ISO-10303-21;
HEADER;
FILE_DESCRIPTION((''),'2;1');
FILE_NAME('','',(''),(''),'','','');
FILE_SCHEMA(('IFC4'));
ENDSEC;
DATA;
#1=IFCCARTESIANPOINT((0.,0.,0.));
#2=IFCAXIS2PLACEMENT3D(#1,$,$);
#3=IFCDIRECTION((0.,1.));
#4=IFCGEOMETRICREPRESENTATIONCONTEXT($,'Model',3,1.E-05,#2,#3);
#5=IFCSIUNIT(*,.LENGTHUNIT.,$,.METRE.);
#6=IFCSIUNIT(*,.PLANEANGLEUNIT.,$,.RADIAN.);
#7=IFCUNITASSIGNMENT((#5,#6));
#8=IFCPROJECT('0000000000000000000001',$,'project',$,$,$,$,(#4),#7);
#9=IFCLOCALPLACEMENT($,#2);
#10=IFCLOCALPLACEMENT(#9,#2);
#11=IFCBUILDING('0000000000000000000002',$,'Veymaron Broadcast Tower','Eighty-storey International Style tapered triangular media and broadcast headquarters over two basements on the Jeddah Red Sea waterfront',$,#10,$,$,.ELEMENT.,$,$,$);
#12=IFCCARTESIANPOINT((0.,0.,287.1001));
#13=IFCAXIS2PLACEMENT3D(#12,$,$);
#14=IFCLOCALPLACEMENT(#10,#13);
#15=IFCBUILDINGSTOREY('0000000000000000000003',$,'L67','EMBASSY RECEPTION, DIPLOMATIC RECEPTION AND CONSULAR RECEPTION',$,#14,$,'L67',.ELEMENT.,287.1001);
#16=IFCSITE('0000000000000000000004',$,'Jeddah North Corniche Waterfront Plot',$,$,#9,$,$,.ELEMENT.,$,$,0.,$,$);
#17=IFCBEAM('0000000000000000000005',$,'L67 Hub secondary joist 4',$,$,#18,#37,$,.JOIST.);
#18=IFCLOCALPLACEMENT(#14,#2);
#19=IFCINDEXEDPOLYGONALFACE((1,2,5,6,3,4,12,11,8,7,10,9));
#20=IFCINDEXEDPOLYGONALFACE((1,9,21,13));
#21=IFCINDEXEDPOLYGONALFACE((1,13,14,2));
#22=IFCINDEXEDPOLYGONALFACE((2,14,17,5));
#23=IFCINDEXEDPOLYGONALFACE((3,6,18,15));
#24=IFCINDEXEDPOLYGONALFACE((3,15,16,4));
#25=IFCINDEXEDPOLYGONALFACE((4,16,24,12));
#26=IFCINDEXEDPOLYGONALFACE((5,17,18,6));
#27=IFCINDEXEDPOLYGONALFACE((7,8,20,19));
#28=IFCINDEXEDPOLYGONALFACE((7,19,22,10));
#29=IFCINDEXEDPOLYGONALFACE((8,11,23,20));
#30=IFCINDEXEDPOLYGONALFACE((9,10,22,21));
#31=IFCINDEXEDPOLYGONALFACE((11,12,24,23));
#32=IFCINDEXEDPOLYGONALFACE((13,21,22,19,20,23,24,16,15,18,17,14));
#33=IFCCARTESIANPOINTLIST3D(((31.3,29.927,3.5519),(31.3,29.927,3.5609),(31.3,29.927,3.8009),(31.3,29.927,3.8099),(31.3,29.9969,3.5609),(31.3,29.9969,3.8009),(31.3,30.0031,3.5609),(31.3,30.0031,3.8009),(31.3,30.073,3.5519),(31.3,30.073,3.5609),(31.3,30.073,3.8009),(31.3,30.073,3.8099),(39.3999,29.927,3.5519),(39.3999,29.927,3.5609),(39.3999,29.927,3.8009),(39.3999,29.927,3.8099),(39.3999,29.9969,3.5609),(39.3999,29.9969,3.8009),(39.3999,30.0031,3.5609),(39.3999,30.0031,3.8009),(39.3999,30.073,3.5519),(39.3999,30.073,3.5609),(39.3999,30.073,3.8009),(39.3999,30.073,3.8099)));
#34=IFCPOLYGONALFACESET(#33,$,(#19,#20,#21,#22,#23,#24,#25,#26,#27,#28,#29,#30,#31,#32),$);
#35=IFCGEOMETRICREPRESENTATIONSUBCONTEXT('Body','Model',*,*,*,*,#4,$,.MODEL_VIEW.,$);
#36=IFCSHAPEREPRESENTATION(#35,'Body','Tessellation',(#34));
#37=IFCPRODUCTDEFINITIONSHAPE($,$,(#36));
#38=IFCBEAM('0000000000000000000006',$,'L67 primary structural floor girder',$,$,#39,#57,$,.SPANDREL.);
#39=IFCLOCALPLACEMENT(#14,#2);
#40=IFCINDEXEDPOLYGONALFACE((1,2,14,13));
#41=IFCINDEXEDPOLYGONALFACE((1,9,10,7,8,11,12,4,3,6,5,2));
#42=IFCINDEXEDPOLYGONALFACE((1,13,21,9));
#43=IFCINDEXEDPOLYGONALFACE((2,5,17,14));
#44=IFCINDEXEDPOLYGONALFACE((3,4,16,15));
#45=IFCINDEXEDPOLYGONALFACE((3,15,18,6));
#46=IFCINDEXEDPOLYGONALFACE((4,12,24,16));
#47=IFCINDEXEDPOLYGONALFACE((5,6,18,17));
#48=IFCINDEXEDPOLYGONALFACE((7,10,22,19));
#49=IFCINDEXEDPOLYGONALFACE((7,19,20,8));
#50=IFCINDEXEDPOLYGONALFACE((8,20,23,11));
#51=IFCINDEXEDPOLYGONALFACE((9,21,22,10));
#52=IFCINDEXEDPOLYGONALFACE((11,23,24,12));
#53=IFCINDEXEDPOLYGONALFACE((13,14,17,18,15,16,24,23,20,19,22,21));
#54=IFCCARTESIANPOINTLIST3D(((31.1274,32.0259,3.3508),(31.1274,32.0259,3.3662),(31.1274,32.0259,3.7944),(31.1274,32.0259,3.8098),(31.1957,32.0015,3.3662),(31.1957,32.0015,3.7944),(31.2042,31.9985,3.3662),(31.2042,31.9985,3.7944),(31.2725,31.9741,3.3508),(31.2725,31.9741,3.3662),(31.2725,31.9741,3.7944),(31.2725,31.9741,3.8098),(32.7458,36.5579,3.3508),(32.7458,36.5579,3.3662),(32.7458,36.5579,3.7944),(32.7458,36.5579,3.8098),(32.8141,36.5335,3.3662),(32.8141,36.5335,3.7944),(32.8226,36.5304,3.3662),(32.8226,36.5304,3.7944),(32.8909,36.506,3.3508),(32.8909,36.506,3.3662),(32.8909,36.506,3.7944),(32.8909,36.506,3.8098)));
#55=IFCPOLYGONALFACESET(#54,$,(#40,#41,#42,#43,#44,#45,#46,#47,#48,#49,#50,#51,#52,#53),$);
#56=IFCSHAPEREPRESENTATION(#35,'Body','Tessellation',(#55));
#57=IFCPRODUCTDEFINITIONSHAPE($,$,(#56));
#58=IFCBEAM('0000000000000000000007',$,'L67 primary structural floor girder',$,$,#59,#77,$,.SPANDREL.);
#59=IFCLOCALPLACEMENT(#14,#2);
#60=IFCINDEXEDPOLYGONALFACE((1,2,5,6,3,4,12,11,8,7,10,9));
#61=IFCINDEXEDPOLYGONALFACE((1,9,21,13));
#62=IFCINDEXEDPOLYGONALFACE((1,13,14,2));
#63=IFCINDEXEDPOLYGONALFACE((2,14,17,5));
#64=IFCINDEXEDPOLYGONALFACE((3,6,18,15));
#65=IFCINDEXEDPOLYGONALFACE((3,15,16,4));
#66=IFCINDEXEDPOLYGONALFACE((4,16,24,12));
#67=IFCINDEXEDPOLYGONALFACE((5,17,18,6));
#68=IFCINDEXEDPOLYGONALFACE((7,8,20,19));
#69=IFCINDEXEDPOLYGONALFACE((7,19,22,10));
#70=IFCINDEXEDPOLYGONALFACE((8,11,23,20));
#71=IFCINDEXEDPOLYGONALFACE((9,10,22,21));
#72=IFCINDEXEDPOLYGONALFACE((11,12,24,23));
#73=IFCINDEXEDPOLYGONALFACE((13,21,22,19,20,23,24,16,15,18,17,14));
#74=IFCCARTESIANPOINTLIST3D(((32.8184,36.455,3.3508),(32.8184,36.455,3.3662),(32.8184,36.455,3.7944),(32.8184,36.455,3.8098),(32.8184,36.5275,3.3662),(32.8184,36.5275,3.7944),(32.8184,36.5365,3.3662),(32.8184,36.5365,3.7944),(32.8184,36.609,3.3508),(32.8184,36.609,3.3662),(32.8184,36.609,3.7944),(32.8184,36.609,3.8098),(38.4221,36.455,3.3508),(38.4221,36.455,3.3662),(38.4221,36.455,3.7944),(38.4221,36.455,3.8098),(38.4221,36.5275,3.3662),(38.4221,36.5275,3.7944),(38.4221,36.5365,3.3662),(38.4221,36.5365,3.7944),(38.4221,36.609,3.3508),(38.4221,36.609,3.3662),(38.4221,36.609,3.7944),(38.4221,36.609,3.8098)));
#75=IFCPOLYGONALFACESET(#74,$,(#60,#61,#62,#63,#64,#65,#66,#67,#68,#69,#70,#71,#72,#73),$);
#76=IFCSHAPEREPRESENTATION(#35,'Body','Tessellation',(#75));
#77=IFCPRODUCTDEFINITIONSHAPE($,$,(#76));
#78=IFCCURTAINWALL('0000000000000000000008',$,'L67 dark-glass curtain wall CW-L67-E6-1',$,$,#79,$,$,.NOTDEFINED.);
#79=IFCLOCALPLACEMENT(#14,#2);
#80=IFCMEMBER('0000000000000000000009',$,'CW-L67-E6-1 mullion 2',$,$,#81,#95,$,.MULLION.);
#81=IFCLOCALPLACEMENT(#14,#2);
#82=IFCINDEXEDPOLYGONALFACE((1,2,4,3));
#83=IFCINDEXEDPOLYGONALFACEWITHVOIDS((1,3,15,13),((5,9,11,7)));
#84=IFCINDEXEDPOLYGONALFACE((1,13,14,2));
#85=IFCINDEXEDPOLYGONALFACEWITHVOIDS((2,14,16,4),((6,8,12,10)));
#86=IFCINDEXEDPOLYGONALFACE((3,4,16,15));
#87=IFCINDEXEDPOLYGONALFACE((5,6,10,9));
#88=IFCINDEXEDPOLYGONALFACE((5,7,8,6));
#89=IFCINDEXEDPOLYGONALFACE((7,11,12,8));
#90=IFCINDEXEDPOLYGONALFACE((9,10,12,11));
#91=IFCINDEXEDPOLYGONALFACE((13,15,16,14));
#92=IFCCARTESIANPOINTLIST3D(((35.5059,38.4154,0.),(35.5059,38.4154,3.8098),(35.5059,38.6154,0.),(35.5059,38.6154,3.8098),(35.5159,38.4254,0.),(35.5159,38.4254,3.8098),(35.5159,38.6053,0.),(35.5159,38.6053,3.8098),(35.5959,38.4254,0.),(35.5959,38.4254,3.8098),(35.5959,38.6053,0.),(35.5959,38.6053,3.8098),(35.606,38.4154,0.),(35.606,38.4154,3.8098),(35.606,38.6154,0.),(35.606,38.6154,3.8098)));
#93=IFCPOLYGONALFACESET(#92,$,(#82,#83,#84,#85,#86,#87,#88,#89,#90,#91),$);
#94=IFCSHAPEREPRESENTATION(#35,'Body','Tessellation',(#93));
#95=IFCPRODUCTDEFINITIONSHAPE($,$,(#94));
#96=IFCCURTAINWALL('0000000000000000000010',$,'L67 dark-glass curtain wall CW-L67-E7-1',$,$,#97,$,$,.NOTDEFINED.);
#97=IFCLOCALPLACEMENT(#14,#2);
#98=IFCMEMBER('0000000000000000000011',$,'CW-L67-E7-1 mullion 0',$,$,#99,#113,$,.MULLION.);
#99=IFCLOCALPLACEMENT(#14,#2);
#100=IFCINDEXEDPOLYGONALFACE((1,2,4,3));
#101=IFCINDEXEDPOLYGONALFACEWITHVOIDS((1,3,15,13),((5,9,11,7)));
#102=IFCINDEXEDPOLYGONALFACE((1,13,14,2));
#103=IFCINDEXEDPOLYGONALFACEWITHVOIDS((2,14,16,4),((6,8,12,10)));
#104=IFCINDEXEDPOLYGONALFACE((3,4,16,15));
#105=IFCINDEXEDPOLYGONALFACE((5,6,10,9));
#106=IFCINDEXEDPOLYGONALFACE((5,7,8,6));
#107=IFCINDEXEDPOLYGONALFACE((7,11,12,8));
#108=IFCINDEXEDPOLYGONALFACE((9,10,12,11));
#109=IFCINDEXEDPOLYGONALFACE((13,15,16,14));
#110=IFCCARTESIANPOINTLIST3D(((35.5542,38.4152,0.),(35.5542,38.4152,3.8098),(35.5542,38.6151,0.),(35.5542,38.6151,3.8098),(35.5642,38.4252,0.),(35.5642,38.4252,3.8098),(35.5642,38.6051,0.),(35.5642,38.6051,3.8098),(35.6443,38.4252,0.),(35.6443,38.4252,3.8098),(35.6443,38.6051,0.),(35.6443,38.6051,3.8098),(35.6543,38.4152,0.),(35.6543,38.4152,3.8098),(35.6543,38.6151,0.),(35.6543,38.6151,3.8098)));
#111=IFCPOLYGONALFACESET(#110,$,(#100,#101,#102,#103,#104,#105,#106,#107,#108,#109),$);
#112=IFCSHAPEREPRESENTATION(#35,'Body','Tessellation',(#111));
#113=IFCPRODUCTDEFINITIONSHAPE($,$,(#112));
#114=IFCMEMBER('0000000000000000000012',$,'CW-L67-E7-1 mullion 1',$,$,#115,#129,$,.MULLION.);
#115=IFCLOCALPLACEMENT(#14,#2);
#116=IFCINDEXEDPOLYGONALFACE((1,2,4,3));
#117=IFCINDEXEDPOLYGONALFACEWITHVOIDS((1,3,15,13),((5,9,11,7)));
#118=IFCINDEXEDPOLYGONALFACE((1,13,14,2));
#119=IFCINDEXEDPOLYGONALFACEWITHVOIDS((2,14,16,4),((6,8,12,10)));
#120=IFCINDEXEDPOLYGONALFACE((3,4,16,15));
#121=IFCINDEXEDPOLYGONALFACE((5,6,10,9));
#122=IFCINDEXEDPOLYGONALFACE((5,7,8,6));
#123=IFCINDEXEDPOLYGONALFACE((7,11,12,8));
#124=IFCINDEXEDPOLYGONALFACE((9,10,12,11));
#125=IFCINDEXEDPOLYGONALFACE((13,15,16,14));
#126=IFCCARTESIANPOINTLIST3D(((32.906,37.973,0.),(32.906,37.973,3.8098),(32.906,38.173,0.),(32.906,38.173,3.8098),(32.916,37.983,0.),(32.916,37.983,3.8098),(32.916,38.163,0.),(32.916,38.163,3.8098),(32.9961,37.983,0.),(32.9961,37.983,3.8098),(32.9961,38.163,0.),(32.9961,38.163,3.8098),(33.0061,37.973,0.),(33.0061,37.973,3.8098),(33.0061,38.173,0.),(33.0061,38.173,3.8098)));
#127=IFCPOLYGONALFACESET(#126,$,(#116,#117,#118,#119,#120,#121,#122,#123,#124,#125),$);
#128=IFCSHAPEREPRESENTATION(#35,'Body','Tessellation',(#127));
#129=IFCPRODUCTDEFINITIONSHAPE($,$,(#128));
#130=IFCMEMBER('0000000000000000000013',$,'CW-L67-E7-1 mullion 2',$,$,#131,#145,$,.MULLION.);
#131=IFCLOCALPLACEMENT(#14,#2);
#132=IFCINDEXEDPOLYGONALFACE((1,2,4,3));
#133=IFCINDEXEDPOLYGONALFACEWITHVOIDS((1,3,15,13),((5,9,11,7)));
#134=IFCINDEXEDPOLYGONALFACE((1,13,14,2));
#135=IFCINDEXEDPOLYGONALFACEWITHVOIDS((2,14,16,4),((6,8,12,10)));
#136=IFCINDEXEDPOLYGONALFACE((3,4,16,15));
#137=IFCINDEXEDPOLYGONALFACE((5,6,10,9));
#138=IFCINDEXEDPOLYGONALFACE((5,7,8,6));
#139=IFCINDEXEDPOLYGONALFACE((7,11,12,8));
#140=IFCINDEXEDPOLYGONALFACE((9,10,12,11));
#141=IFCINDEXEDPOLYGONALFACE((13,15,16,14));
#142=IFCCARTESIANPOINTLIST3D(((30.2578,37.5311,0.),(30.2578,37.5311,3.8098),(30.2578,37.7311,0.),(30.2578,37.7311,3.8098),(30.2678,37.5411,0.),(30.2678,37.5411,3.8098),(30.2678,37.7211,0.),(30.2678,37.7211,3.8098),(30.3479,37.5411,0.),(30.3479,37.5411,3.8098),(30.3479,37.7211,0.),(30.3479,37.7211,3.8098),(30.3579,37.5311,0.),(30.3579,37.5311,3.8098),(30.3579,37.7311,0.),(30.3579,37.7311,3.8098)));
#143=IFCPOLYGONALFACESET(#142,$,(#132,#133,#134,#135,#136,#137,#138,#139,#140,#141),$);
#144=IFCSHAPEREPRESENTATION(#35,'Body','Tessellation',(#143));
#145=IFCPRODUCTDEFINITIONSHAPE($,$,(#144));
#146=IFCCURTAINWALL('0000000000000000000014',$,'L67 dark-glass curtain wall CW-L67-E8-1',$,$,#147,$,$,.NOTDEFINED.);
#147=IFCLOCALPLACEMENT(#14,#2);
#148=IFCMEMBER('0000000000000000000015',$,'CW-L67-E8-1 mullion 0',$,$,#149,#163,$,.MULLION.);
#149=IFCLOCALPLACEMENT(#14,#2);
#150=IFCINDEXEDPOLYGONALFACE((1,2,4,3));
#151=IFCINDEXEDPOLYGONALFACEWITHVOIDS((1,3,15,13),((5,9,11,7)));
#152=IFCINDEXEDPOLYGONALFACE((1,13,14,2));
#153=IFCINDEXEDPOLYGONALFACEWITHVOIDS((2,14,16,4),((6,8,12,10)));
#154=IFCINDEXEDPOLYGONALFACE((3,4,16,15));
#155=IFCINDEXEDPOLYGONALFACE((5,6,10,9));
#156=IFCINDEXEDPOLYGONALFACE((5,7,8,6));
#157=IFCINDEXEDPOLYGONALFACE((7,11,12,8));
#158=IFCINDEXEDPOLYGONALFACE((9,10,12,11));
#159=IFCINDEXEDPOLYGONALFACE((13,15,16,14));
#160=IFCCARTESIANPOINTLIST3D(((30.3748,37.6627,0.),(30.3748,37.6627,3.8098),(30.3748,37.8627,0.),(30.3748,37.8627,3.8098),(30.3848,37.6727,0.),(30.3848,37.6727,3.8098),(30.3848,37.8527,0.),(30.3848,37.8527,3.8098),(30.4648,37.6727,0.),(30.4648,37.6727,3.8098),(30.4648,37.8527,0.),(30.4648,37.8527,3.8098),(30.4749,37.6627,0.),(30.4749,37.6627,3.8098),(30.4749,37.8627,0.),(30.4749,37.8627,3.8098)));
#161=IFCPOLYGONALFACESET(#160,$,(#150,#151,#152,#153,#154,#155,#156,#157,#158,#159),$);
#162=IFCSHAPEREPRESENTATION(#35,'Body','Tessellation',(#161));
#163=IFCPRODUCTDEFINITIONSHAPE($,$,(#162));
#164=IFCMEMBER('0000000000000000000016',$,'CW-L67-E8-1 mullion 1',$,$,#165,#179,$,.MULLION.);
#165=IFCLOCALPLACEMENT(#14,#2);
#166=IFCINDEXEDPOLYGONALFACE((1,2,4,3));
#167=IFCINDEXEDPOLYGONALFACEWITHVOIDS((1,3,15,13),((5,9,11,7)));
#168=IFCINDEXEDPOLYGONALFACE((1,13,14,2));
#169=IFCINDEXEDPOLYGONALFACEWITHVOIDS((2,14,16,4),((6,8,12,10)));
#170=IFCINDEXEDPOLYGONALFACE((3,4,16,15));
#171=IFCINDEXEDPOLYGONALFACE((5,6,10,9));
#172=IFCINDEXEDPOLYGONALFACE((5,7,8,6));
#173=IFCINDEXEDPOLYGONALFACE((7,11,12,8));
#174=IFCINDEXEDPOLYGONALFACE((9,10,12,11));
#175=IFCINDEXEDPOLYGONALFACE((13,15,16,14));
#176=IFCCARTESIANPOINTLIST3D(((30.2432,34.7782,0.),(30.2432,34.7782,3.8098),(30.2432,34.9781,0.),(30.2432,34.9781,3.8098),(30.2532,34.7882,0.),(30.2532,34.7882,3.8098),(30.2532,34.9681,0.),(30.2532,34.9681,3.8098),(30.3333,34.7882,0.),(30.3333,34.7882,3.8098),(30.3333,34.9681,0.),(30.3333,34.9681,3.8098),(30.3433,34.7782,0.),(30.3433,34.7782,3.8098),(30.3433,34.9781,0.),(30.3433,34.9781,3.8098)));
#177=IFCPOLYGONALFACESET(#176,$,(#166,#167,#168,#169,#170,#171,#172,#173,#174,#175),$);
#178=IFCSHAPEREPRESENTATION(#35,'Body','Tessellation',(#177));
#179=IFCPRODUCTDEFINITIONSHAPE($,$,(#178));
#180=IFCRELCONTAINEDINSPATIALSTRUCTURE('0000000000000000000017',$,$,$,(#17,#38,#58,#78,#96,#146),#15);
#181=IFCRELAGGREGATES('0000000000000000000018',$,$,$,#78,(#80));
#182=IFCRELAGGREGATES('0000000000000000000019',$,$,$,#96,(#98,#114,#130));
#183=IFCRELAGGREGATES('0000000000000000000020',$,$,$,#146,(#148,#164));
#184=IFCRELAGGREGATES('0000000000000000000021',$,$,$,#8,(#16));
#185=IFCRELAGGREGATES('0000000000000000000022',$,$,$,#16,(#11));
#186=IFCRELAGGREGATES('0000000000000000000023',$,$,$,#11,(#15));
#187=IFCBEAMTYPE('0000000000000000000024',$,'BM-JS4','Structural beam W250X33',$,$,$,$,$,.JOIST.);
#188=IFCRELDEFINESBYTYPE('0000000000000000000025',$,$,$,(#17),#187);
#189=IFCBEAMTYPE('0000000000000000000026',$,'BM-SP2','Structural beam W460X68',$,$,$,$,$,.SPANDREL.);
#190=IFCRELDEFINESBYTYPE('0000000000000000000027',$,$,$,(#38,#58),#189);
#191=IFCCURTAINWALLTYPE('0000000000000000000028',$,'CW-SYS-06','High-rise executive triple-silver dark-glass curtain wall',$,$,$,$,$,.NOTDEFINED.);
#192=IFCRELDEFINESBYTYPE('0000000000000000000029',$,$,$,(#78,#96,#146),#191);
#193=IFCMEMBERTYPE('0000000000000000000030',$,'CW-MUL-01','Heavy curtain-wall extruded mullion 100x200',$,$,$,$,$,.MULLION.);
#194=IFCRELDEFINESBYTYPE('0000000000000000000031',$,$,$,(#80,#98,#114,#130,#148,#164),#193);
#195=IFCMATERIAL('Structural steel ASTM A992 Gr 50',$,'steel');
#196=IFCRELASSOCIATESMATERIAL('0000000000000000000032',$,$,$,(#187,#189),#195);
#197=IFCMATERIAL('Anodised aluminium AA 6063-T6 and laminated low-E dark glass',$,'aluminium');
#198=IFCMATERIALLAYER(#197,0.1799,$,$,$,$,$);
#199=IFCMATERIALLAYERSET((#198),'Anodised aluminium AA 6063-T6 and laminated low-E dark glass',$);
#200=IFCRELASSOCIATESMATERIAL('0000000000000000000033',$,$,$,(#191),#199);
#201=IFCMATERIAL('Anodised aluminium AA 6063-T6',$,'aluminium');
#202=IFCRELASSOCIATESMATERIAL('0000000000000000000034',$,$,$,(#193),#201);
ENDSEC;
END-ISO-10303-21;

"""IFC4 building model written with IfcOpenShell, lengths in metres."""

from ifc_helpers import new_model, si_unit, direction, frame, origin, origin_2d, place, context, subcontext, project, spatial, hollow_rectangle, i_section, extrude, material, layer, layer_set, material_profile, profile_set, type_object, element, aggregate, save


model = new_model("IFC4")

# Units and contexts
model_context = context("Model", 3, precision=1e-05, world=origin(), true_north=direction((0.0, 1.0)))
body_context = subcontext(model_context, "Body", "Model", "MODEL_VIEW")
ifc_project = project(units=[si_unit("LENGTHUNIT", "METRE"), si_unit("PLANEANGLEUNIT", "RADIAN")], contexts=[model_context])

# Site, building, storey
site_placement = place(None, origin())
site = spatial("IfcSite", under=ifc_project, at=site_placement, Name="Jeddah North Corniche Waterfront Plot", CompositionType="ELEMENT", RefElevation=0.0)
building_placement = place(site_placement, origin())
building = spatial("IfcBuilding", under=site, at=building_placement, Name="Veymaron Broadcast Tower", Description="Eighty-storey International Style tapered triangular media and broadcast headquarters over two basements on the Jeddah Red Sea waterfront", CompositionType="ELEMENT")
storey_placement = place(building_placement, frame((0.0, 0.0, 287.1001)))
storey = spatial("IfcBuildingStorey", under=building, at=storey_placement, Name="L67", Description="EMBASSY RECEPTION, DIPLOMATIC RECEPTION AND CONSULAR RECEPTION", LongName="L67", CompositionType="ELEMENT", Elevation=287.1001)

# Shared definitions
ifc_material_1 = material(Name="Structural steel ASTM A992 Gr 50", Category="steel")

# Beams
ifc_material_profile_1 = material_profile(ifc_material_1, i_section(OverallWidth=0.146, OverallDepth=0.2581, WebThickness=0.0061, FlangeThickness=0.009, at=origin_2d()), Name="W250X33")
ifc_profile_set_1 = profile_set([ifc_material_profile_1], Name="Structural steel ASTM A992 Gr 50")
beam_type_1 = type_object("IfcBeamType", Name="BM-JS4", Description="Structural beam W250X33", PredefinedType="JOIST", material=ifc_profile_set_1)
for number, where, z_axis, x_axis, name in (
    (1, (31.3, 30.0, 3.6809), (1.0, 0.0, 0.0), (0.0, 1.0, 0.0), "L67 Hub secondary joist 4"),
):
    element("IfcBeam", number, at=place(storey_placement, frame(where, z_axis=z_axis, x_axis=x_axis)), inside=storey, type_object=beam_type_1, Name=name, PredefinedType="JOIST", context=body_context, shape_type="SweptSolid", body=[
        extrude(i_section(OverallWidth=0.146, OverallDepth=0.2581, WebThickness=0.0061, FlangeThickness=0.009, at=origin_2d()), origin(), (0.0, 0.0, 1.0), 8.0999),
    ])
ifc_material_profile_2 = material_profile(ifc_material_1, i_section(OverallWidth=0.1541, OverallDepth=0.459, WebThickness=0.009, FlangeThickness=0.0154, at=origin_2d()), Name="W460X68")
ifc_profile_set_2 = profile_set([ifc_material_profile_2], Name="Structural steel ASTM A992 Gr 50")
beam_type_2 = type_object("IfcBeamType", Name="BM-SP2", Description="Structural beam W460X68", PredefinedType="SPANDREL", material=ifc_profile_set_2)
beam_1_placement = place(storey_placement, frame((31.2, 32.0, 3.5803), z_axis=(0.336307, 0.941752, 0.0), x_axis=(-0.941752, 0.336307, 0.0)))
element("IfcBeam", 2, at=beam_1_placement, inside=storey, type_object=beam_type_2, Name="L67 primary structural floor girder", PredefinedType="SPANDREL", context=body_context, shape_type="SweptSolid", body=[
    extrude(i_section(OverallWidth=0.1541, OverallDepth=0.459, WebThickness=0.009, FlangeThickness=0.0154, at=origin_2d()), origin(), (0.0, 0.0, 1.0), 4.8123),
])
beam_2_placement = place(storey_placement, frame((32.8184, 36.532, 3.5803), z_axis=(1.0, 0.0, 0.0), x_axis=(0.0, 1.0, 0.0)))
element("IfcBeam", 3, at=beam_2_placement, inside=storey, type_object=beam_type_2, Name="L67 primary structural floor girder", PredefinedType="SPANDREL", context=body_context, shape_type="SweptSolid", body=[
    extrude(i_section(OverallWidth=0.1541, OverallDepth=0.459, WebThickness=0.009, FlangeThickness=0.0154, at=origin_2d()), origin(), (0.0, 0.0, 1.0), 5.6038),
])

# Curtain wall, member
ifc_material_2 = material(Name="Anodised aluminium AA 6063-T6 and laminated low-E dark glass", Category="aluminium")
ifc_layer_1 = layer(ifc_material_2, 0.1799)
ifc_layer_set_1 = layer_set([ifc_layer_1], Name="Anodised aluminium AA 6063-T6 and laminated low-E dark glass")
curtain_wall_type = type_object("IfcCurtainWallType", Name="CW-SYS-06", Description="High-rise executive triple-silver dark-glass curtain wall", PredefinedType="NOTDEFINED", material=ifc_layer_set_1)
curtain_wall_1_placement = place(storey_placement, origin())
curtain_wall_1 = element("IfcCurtainWall", 4, at=curtain_wall_1_placement, inside=storey, type_object=curtain_wall_type, Name="L67 dark-glass curtain wall CW-L67-E6-1", PredefinedType="NOTDEFINED")
ifc_material_3 = material(Name="Anodised aluminium AA 6063-T6", Category="aluminium")
ifc_material_profile_3 = material_profile(ifc_material_3, hollow_rectangle(XDim=0.1001, YDim=0.2, WallThickness=0.01, at=origin_2d()), Name="RHS200X100X10")
ifc_profile_set_3 = profile_set([ifc_material_profile_3], Name="Anodised aluminium AA 6063-T6")
member_type_1 = type_object("IfcMemberType", Name="CW-MUL-01", Description="Heavy curtain-wall extruded mullion 100x200", PredefinedType="MULLION", material=ifc_profile_set_3)
member_1_placement = place(storey_placement, frame((35.5559, 38.5154, 0.0), z_axis=(0.0, 0.0, 1.0), x_axis=(1.0, 0.0, 0.0)))
member_1 = element("IfcMember", 5, at=member_1_placement, type_object=member_type_1, Name="CW-L67-E6-1 mullion 2", PredefinedType="MULLION", context=body_context, shape_type="SweptSolid", body=[
    extrude(hollow_rectangle(XDim=0.1001, YDim=0.2, WallThickness=0.01, at=origin_2d()), origin(), (0.0, 0.0, 1.0), 3.8098),
])
aggregate(curtain_wall_1, [member_1])

# Curtain walls, members
curtain_wall_2_placement = place(storey_placement, origin())
curtain_wall_2 = element("IfcCurtainWall", 6, at=curtain_wall_2_placement, inside=storey, type_object=curtain_wall_type, Name="L67 dark-glass curtain wall CW-L67-E7-1", PredefinedType="NOTDEFINED")
member_2_placement = place(storey_placement, frame((35.6042, 38.5151, 0.0), z_axis=(0.0, 0.0, 1.0), x_axis=(1.0, 0.0, 0.0)))
member_2 = element("IfcMember", 7, at=member_2_placement, type_object=member_type_1, Name="CW-L67-E7-1 mullion 0", PredefinedType="MULLION", context=body_context, shape_type="SweptSolid", body=[
    extrude(hollow_rectangle(XDim=0.1001, YDim=0.2, WallThickness=0.01, at=origin_2d()), origin(), (0.0, 0.0, 1.0), 3.8098),
])
member_3_placement = place(storey_placement, frame((32.9561, 38.073, 0.0), z_axis=(0.0, 0.0, 1.0), x_axis=(1.0, 0.0, 0.0)))
member_3 = element("IfcMember", 8, at=member_3_placement, type_object=member_type_1, Name="CW-L67-E7-1 mullion 1", PredefinedType="MULLION", context=body_context, shape_type="SweptSolid", body=[
    extrude(hollow_rectangle(XDim=0.1001, YDim=0.2, WallThickness=0.01, at=origin_2d()), origin(), (0.0, 0.0, 1.0), 3.8098),
])
member_4_placement = place(storey_placement, frame((30.3079, 37.6311, 0.0), z_axis=(0.0, 0.0, 1.0), x_axis=(1.0, 0.0, 0.0)))
member_4 = element("IfcMember", 9, at=member_4_placement, type_object=member_type_1, Name="CW-L67-E7-1 mullion 2", PredefinedType="MULLION", context=body_context, shape_type="SweptSolid", body=[
    extrude(hollow_rectangle(XDim=0.1001, YDim=0.2, WallThickness=0.01, at=origin_2d()), origin(), (0.0, 0.0, 1.0), 3.8098),
])
curtain_wall_3_placement = place(storey_placement, origin())
curtain_wall_3 = element("IfcCurtainWall", 10, at=curtain_wall_3_placement, inside=storey, type_object=curtain_wall_type, Name="L67 dark-glass curtain wall CW-L67-E8-1", PredefinedType="NOTDEFINED")
member_5_placement = place(storey_placement, frame((30.4248, 37.7627, 0.0), z_axis=(0.0, 0.0, 1.0), x_axis=(1.0, 0.0, 0.0)))
member_5 = element("IfcMember", 11, at=member_5_placement, type_object=member_type_1, Name="CW-L67-E8-1 mullion 0", PredefinedType="MULLION", context=body_context, shape_type="SweptSolid", body=[
    extrude(hollow_rectangle(XDim=0.1001, YDim=0.2, WallThickness=0.01, at=origin_2d()), origin(), (0.0, 0.0, 1.0), 3.8098),
])
member_6_placement = place(storey_placement, frame((30.2932, 34.8782, 0.0), z_axis=(0.0, 0.0, 1.0), x_axis=(1.0, 0.0, 0.0)))
member_6 = element("IfcMember", 12, at=member_6_placement, type_object=member_type_1, Name="CW-L67-E8-1 mullion 1", PredefinedType="MULLION", context=body_context, shape_type="SweptSolid", body=[
    extrude(hollow_rectangle(XDim=0.1001, YDim=0.2, WallThickness=0.01, at=origin_2d()), origin(), (0.0, 0.0, 1.0), 3.8098),
])

aggregate(curtain_wall_2, [member_2, member_3, member_4])
aggregate(curtain_wall_3, [member_5, member_6])

save(model, "model.ifc")
